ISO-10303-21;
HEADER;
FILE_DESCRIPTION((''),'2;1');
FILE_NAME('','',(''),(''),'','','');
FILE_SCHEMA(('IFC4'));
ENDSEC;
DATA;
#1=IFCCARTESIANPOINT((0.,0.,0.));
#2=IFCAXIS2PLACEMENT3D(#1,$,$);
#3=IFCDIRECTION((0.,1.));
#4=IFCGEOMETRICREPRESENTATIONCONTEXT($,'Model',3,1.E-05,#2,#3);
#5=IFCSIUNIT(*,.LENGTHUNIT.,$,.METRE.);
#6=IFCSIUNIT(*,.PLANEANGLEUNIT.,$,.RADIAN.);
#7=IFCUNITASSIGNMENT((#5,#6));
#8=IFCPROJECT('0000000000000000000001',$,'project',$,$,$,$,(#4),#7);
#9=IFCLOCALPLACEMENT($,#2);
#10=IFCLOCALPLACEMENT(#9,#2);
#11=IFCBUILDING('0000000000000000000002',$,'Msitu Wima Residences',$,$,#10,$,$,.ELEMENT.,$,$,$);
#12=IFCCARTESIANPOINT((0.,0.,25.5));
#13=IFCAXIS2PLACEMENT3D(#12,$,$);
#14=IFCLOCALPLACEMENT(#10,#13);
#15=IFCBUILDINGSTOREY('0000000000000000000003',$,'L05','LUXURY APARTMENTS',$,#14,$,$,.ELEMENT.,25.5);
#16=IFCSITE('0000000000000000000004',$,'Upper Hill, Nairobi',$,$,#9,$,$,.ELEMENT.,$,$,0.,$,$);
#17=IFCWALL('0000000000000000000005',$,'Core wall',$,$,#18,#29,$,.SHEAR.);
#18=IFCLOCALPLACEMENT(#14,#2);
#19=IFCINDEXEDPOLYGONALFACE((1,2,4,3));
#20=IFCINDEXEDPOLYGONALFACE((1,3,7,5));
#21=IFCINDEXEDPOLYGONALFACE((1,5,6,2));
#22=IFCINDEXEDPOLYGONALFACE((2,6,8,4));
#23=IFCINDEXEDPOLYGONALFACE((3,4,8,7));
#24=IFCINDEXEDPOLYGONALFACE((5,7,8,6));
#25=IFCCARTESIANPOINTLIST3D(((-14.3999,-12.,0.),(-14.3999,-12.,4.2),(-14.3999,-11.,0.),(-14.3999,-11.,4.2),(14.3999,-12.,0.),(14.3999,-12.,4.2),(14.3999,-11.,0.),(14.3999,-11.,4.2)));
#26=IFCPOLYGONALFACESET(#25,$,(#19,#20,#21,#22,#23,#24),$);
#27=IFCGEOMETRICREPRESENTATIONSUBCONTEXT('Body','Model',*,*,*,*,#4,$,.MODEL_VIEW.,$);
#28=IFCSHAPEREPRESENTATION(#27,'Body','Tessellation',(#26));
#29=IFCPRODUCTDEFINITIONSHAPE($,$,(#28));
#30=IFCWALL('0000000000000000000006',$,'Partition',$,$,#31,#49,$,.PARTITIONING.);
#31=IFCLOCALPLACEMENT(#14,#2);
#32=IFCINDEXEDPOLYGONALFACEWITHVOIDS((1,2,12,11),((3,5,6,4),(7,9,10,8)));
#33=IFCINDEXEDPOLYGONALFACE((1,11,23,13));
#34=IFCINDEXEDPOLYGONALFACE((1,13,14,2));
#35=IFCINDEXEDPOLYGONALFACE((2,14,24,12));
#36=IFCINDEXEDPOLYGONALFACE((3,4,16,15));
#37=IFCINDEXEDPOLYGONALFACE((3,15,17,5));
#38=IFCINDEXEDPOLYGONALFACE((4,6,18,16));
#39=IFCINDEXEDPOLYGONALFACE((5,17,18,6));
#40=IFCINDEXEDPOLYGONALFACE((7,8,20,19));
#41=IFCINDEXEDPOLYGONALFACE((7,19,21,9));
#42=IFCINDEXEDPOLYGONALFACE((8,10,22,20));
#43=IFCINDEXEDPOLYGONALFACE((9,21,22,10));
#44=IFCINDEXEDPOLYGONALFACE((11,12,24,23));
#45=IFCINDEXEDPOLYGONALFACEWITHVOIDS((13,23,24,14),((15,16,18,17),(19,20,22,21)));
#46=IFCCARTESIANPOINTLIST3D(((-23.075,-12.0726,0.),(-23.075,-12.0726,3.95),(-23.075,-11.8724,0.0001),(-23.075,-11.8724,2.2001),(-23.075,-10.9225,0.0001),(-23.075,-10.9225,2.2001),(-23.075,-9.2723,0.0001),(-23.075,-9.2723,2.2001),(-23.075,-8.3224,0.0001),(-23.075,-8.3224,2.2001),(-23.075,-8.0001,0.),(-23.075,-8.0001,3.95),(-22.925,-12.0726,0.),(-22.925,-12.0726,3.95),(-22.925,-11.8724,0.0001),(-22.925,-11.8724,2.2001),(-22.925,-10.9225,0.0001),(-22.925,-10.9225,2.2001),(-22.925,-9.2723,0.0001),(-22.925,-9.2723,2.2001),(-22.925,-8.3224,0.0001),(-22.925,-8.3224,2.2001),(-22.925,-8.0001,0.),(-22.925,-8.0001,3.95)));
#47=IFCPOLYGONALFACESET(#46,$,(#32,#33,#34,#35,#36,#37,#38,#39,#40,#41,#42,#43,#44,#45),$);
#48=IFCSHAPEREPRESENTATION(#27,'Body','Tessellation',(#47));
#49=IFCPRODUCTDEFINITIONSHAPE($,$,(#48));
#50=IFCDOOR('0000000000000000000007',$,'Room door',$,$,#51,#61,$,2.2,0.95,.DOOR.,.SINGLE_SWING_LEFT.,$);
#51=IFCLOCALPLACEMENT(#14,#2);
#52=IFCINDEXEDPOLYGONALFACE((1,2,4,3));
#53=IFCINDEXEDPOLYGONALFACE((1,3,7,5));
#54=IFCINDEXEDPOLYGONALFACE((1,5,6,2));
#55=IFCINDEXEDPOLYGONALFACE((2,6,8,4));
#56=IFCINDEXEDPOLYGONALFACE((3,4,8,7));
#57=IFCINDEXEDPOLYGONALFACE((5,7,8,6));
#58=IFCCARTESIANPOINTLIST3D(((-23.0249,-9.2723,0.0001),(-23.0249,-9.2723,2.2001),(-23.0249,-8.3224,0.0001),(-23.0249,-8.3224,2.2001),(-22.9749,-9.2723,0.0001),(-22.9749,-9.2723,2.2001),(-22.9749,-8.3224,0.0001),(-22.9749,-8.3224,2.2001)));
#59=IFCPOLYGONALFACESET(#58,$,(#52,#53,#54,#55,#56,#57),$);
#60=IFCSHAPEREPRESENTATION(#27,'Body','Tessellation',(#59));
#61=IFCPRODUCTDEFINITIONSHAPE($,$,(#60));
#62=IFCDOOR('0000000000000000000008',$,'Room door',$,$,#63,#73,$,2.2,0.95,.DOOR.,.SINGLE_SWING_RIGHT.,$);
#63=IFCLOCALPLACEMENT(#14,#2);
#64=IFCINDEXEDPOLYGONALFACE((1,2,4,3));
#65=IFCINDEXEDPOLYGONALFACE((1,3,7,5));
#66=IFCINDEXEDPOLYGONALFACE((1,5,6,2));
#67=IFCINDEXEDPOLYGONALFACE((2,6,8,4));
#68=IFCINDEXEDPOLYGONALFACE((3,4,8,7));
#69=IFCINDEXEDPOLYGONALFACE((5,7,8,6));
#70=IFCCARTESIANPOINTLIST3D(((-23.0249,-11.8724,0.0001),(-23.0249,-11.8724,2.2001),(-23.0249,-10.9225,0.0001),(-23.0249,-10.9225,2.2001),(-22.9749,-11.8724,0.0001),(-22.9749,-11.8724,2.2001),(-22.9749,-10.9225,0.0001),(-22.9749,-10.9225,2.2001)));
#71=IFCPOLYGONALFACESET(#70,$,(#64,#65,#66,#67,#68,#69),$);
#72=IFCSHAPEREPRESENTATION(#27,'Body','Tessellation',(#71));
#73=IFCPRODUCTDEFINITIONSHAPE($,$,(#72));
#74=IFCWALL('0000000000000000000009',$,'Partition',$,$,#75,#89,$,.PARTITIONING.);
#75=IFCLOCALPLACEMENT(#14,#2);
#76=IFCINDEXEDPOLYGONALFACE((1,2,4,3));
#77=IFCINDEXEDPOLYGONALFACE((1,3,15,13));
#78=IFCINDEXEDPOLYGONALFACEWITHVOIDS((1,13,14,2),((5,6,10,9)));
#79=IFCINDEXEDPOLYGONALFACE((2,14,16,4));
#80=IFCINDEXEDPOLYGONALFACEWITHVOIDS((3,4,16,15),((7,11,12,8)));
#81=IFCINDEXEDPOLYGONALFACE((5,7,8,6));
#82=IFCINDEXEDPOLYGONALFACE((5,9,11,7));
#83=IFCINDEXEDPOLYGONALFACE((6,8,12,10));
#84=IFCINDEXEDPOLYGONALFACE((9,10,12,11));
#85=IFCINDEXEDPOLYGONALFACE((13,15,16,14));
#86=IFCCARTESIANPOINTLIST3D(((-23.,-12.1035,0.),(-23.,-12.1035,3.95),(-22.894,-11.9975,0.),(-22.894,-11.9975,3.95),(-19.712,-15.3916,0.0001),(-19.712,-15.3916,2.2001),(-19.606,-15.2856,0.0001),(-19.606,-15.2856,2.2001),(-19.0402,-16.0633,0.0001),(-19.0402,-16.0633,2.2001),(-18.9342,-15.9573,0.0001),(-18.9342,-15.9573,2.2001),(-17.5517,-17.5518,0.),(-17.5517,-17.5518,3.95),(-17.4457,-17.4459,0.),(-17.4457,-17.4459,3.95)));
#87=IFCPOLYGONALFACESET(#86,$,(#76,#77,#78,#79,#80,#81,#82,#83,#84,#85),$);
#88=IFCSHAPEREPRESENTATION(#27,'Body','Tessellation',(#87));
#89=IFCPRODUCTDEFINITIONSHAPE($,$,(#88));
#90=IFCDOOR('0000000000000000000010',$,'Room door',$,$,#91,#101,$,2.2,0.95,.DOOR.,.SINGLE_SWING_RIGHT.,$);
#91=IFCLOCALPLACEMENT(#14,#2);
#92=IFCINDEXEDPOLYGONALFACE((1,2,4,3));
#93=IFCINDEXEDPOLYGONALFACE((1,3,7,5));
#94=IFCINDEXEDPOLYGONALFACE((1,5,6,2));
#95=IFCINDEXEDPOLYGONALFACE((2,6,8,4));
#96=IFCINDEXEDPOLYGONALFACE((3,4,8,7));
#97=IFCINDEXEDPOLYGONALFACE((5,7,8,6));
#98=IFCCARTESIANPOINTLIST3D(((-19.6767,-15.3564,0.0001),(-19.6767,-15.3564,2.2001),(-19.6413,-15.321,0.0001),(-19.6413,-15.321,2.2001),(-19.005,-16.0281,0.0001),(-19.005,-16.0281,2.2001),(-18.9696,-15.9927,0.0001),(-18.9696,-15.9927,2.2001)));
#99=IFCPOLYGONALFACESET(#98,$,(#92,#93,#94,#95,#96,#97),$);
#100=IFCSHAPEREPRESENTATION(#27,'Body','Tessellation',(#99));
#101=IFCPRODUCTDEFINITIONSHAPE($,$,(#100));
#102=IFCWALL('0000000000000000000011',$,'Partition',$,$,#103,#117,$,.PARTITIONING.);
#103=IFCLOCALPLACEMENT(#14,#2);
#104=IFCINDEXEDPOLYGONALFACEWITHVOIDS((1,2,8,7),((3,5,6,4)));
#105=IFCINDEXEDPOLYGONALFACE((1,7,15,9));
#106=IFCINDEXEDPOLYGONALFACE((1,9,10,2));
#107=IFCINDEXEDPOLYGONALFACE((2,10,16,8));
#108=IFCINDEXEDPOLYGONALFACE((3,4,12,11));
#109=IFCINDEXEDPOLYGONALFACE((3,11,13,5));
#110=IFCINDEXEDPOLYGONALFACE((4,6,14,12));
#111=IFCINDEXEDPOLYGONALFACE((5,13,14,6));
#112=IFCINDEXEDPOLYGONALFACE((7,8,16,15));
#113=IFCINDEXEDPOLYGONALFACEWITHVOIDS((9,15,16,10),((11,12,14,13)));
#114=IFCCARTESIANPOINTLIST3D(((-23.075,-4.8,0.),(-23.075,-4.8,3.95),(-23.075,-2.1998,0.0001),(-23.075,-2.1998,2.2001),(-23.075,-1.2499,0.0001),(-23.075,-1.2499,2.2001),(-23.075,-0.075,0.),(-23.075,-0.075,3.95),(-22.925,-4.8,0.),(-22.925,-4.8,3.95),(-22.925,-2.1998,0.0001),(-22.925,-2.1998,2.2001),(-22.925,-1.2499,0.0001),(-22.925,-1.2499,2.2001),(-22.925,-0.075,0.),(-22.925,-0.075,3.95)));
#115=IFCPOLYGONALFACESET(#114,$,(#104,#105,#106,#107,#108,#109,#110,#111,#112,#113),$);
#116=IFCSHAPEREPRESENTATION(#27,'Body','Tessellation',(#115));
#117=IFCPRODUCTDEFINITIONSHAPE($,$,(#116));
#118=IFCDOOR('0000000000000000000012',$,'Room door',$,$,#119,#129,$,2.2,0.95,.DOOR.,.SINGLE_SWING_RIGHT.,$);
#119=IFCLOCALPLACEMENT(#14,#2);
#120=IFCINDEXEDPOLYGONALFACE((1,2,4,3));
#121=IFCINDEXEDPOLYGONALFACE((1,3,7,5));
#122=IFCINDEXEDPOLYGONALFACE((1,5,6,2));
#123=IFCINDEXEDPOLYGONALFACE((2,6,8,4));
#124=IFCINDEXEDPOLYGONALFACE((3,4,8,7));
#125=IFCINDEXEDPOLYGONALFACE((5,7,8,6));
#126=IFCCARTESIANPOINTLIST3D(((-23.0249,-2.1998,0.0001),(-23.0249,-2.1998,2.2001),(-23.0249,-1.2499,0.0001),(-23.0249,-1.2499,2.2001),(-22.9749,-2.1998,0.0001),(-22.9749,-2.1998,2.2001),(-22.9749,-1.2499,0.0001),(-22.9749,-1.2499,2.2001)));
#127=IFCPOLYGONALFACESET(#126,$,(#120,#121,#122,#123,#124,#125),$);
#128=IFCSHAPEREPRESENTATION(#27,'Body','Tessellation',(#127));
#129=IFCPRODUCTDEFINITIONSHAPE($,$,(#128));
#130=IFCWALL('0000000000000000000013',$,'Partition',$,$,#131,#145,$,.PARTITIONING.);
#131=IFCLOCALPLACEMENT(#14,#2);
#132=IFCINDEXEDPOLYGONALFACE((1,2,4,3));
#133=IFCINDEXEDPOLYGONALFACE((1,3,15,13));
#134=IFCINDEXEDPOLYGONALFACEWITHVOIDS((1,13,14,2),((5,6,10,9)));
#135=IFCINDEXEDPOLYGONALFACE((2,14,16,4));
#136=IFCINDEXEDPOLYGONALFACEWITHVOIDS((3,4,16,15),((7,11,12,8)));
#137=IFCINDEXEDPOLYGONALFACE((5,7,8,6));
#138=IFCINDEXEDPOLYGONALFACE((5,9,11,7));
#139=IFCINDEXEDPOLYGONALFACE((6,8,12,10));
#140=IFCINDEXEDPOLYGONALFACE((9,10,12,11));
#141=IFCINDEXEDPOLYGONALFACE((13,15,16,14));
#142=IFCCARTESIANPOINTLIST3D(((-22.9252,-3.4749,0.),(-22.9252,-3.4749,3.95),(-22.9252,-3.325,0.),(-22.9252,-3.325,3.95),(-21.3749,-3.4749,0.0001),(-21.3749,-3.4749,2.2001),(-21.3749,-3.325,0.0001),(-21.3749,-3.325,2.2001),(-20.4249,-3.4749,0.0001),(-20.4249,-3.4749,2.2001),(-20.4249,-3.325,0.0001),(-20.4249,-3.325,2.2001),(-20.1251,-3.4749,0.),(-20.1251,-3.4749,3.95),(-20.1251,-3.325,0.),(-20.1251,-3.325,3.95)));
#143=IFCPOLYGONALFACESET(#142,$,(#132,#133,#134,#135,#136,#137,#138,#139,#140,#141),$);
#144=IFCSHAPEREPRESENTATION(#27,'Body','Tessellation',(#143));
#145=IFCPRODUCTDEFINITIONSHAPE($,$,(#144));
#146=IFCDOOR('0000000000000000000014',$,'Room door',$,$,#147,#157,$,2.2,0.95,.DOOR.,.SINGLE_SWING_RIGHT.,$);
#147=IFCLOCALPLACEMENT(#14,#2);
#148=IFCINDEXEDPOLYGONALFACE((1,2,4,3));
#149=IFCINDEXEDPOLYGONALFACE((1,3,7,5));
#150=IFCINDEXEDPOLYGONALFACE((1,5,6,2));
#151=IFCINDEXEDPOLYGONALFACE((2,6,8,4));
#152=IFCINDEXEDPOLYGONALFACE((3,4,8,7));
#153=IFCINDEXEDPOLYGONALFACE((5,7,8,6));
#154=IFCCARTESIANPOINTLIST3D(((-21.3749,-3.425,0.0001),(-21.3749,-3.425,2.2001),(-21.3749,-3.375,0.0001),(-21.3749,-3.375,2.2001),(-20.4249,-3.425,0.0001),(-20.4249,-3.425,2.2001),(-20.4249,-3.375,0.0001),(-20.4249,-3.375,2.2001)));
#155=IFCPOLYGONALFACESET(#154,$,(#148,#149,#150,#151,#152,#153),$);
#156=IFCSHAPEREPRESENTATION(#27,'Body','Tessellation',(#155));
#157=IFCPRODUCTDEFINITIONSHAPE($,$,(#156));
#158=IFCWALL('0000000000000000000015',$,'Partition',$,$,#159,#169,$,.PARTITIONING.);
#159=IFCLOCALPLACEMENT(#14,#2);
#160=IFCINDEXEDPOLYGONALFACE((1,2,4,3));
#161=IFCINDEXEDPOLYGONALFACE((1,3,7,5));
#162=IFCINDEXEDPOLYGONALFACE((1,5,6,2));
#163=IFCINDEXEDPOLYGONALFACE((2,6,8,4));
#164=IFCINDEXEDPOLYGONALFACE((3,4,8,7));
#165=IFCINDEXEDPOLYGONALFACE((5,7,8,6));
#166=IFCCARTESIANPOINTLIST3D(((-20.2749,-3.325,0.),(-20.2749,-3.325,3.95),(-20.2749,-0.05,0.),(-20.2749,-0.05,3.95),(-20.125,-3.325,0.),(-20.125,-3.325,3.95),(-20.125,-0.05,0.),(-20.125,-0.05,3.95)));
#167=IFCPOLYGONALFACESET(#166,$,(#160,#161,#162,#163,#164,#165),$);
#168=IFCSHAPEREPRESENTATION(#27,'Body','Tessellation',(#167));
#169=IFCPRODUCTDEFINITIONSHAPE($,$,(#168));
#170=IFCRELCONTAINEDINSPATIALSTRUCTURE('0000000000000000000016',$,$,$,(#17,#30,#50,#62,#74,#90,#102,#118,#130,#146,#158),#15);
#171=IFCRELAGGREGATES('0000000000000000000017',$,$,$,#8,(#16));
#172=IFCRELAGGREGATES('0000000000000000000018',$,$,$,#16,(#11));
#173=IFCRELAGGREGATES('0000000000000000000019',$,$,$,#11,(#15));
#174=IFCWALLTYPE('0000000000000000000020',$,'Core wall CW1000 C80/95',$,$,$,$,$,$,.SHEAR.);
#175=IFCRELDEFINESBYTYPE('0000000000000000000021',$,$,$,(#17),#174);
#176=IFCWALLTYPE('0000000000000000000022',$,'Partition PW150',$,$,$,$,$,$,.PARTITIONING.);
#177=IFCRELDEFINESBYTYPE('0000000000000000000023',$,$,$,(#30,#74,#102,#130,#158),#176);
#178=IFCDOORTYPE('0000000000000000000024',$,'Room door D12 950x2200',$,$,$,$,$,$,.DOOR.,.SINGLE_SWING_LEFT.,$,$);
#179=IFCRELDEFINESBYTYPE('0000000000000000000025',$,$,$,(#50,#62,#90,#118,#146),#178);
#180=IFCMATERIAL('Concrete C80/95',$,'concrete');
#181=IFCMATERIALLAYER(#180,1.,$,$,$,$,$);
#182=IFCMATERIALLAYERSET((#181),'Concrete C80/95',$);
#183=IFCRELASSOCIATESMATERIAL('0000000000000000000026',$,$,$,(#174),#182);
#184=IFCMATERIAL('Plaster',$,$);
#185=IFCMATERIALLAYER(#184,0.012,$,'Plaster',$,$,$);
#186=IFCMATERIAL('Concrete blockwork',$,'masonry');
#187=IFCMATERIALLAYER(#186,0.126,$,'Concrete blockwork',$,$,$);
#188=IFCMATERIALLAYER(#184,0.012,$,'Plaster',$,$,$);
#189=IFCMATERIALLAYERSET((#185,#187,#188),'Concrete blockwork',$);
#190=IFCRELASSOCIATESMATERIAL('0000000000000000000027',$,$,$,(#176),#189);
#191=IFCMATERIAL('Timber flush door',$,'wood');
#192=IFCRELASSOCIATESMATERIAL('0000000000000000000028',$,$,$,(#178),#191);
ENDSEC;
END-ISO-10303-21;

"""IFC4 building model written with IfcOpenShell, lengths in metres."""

from ifc_helpers import new_model, si_unit, direction, frame, frame_2d, origin, place, context, subcontext, project, spatial, rectangle, extrude, material, layer, layer_set, type_object, element, fill, save


model = new_model("IFC4")

# Units and contexts
model_context = context("Model", 3, precision=1e-05, world=origin(), true_north=direction((0.0, 1.0)))
body_context = subcontext(model_context, "Body", "Model", "MODEL_VIEW")
ifc_project = project(units=[si_unit("LENGTHUNIT", "METRE"), si_unit("PLANEANGLEUNIT", "RADIAN")], contexts=[model_context])

# Site, building, storey
site_placement = place(None, origin())
site = spatial("IfcSite", under=ifc_project, at=site_placement, Name="Upper Hill, Nairobi", CompositionType="ELEMENT", RefElevation=0.0)
building_placement = place(site_placement, origin())
building = spatial("IfcBuilding", under=site, at=building_placement, Name="Msitu Wima Residences", CompositionType="ELEMENT")
storey_placement = place(building_placement, frame((0.0, 0.0, 25.5)))
storey = spatial("IfcBuildingStorey", under=building, at=storey_placement, Name="L05", Description="LUXURY APARTMENTS", CompositionType="ELEMENT", Elevation=25.5)

# Wall
ifc_material_1 = material(Name="Concrete C80/95", Category="concrete")
ifc_layer_1 = layer(ifc_material_1, 1.0)
ifc_layer_set_1 = layer_set([ifc_layer_1], Name="Concrete C80/95")
wall_type_1 = type_object("IfcWallType", Name="Core wall CW1000 C80/95", PredefinedType="SHEAR", material=ifc_layer_set_1)
wall_1_placement = place(storey_placement, frame((-14.3999, -11.5, 0.0), z_axis=(0.0, 0.0, 1.0), x_axis=(1.0, 0.0, 0.0)))
element("IfcWall", 1, at=wall_1_placement, inside=storey, type_object=wall_type_1, Name="Core wall", PredefinedType="SHEAR", context=body_context, shape_type="SweptSolid", body=[
    extrude(rectangle(XDim=28.7998, YDim=1.0, at=frame_2d((14.3999, 0.0))), origin(), (0.0, 0.0, 1.0), 4.2),
])

# Wall, openings, doors
ifc_material_2 = material(Name="Plaster")
ifc_layer_2 = layer(ifc_material_2, 0.012, Name="Plaster")
ifc_material_3 = material(Name="Concrete blockwork", Category="masonry")
ifc_layer_3 = layer(ifc_material_3, 0.126, Name="Concrete blockwork")
ifc_layer_4 = layer(ifc_material_2, 0.012, Name="Plaster")
ifc_layer_set_2 = layer_set([ifc_layer_2, ifc_layer_3, ifc_layer_4], Name="Concrete blockwork")
wall_type_2 = type_object("IfcWallType", Name="Partition PW150", PredefinedType="PARTITIONING", material=ifc_layer_set_2)
wall_2_placement = place(storey_placement, frame((-23.0, -12.0725, 0.0), z_axis=(0.0, 0.0, 1.0), x_axis=(0.0, 1.0, 0.0)))
wall_2 = element("IfcWall", 2, at=wall_2_placement, inside=storey, type_object=wall_type_2, Name="Partition", PredefinedType="PARTITIONING", context=body_context, shape_type="SweptSolid", body=[
    extrude(rectangle(XDim=4.0725, YDim=0.1499, at=frame_2d((2.0361, 0.0))), origin(), (0.0, 0.0, 1.0), 3.95),
])
opening_1_placement = place(wall_2_placement, frame((2.8, 0.0, 0.0)))
opening_1 = element("IfcOpeningElement", 3, at=opening_1_placement, cuts=wall_2, PredefinedType="OPENING", context=body_context, shape_type="SweptSolid", body=[
    extrude(rectangle(XDim=0.95, YDim=2.2, at=frame_2d((0.4751, 1.1001))), frame((0.0, 0.085, 0.0), z_axis=(0.0, -1.0, 0.0), x_axis=(1.0, 0.0, 0.0)), (0.0, 0.0, 1.0), 0.1699),
])
opening_2_placement = place(wall_2_placement, frame((0.2, 0.0, 0.0)))
opening_2 = element("IfcOpeningElement", 4, at=opening_2_placement, cuts=wall_2, PredefinedType="OPENING", context=body_context, shape_type="SweptSolid", body=[
    extrude(rectangle(XDim=0.95, YDim=2.2, at=frame_2d((0.4751, 1.1001))), frame((0.0, 0.085, 0.0), z_axis=(0.0, -1.0, 0.0), x_axis=(1.0, 0.0, 0.0)), (0.0, 0.0, 1.0), 0.1699),
])
ifc_material_4 = material(Name="Timber flush door", Category="wood")
door_type_1 = type_object("IfcDoorType", Name="Room door D12 950x2200", OperationType="SINGLE_SWING_LEFT", PredefinedType="DOOR", material=ifc_material_4)
door_1_placement = place(opening_1_placement, origin())
door_1 = element("IfcDoor", 5, at=door_1_placement, inside=storey, type_object=door_type_1, Name="Room door", OperationType="SINGLE_SWING_LEFT", OverallHeight=2.2, OverallWidth=0.95, PredefinedType="DOOR", context=body_context, shape_type="SweptSolid", body=[
    extrude(rectangle(XDim=0.95, YDim=2.2, at=frame_2d((0.4751, 1.1001))), frame((0.0, 0.0249, 0.0), z_axis=(0.0, -1.0, 0.0), x_axis=(1.0, 0.0, 0.0)), (0.0, 0.0, 1.0), 0.05),
])
fill(opening_1, door_1)
door_2_placement = place(opening_2_placement, origin())
door_2 = element("IfcDoor", 6, at=door_2_placement, inside=storey, type_object=door_type_1, Name="Room door", OperationType="SINGLE_SWING_RIGHT", OverallHeight=2.2, OverallWidth=0.95, PredefinedType="DOOR", context=body_context, shape_type="SweptSolid", body=[
    extrude(rectangle(XDim=0.95, YDim=2.2, at=frame_2d((0.4751, 1.1001))), frame((0.0, 0.0249, 0.0), z_axis=(0.0, -1.0, 0.0), x_axis=(1.0, 0.0, 0.0)), (0.0, 0.0, 1.0), 0.05),
])
fill(opening_2, door_2)

# Walls, openings, doors
wall_3_placement = place(storey_placement, frame((-22.947, -12.0505, 0.0), z_axis=(0.0, 0.0, 1.0), x_axis=(0.707107, -0.707107, 0.0)))
wall_3 = element("IfcWall", 7, at=wall_3_placement, inside=storey, type_object=wall_type_2, Name="Partition", PredefinedType="PARTITIONING", context=body_context, shape_type="SweptSolid", body=[
    extrude(rectangle(XDim=7.7051, YDim=0.1499, at=frame_2d((3.8525, 0.0))), origin(), (0.0, 0.0, 1.0), 3.95),
])
opening_3_placement = place(wall_3_placement, frame((4.6499, 0.0, 0.0)))
opening_3 = element("IfcOpeningElement", 8, at=opening_3_placement, cuts=wall_3, PredefinedType="OPENING", context=body_context, shape_type="SweptSolid", body=[
    extrude(rectangle(XDim=0.95, YDim=2.2, at=frame_2d((0.4751, 1.1001))), frame((0.0, 0.085, 0.0), z_axis=(0.0, -1.0, 0.0), x_axis=(1.0, 0.0, 0.0)), (0.0, 0.0, 1.0), 0.1699),
])
door_3_placement = place(opening_3_placement, origin())
door_3 = element("IfcDoor", 9, at=door_3_placement, inside=storey, type_object=door_type_1, Name="Room door", OperationType="SINGLE_SWING_RIGHT", OverallHeight=2.2, OverallWidth=0.95, PredefinedType="DOOR", context=body_context, shape_type="SweptSolid", body=[
    extrude(rectangle(XDim=0.95, YDim=2.2, at=frame_2d((0.4751, 1.1001))), frame((0.0, 0.0249, 0.0), z_axis=(0.0, -1.0, 0.0), x_axis=(1.0, 0.0, 0.0)), (0.0, 0.0, 1.0), 0.05),
])
fill(opening_3, door_3)
wall_4_placement = place(storey_placement, frame((-23.0, -4.8, 0.0), z_axis=(0.0, 0.0, 1.0), x_axis=(0.0, 1.0, 0.0)))
wall_4 = element("IfcWall", 10, at=wall_4_placement, inside=storey, type_object=wall_type_2, Name="Partition", PredefinedType="PARTITIONING", context=body_context, shape_type="SweptSolid", body=[
    extrude(rectangle(XDim=4.7251, YDim=0.1499, at=frame_2d((2.3625, 0.0))), origin(), (0.0, 0.0, 1.0), 3.95),
])
opening_4_placement = place(wall_4_placement, frame((2.6001, 0.0, 0.0)))
opening_4 = element("IfcOpeningElement", 11, at=opening_4_placement, cuts=wall_4, PredefinedType="OPENING", context=body_context, shape_type="SweptSolid", body=[
    extrude(rectangle(XDim=0.95, YDim=2.2, at=frame_2d((0.4751, 1.1001))), frame((0.0, 0.085, 0.0), z_axis=(0.0, -1.0, 0.0), x_axis=(1.0, 0.0, 0.0)), (0.0, 0.0, 1.0), 0.1699),
])
door_4_placement = place(opening_4_placement, origin())
door_4 = element("IfcDoor", 12, at=door_4_placement, inside=storey, type_object=door_type_1, Name="Room door", OperationType="SINGLE_SWING_RIGHT", OverallHeight=2.2, OverallWidth=0.95, PredefinedType="DOOR", context=body_context, shape_type="SweptSolid", body=[
    extrude(rectangle(XDim=0.95, YDim=2.2, at=frame_2d((0.4751, 1.1001))), frame((0.0, 0.0249, 0.0), z_axis=(0.0, -1.0, 0.0), x_axis=(1.0, 0.0, 0.0)), (0.0, 0.0, 1.0), 0.05),
])
fill(opening_4, door_4)
wall_5_placement = place(storey_placement, frame((-22.925, -3.3999, 0.0), z_axis=(0.0, 0.0, 1.0), x_axis=(1.0, 0.0, 0.0)))
wall_5 = element("IfcWall", 13, at=wall_5_placement, inside=storey, type_object=wall_type_2, Name="Partition", PredefinedType="PARTITIONING", context=body_context, shape_type="SweptSolid", body=[
    extrude(rectangle(XDim=2.8, YDim=0.1499, at=frame_2d((1.3999, 0.0))), origin(), (0.0, 0.0, 1.0), 3.95),
])
opening_5_placement = place(wall_5_placement, frame((1.55, 0.0, 0.0)))
opening_5 = element("IfcOpeningElement", 14, at=opening_5_placement, cuts=wall_5, PredefinedType="OPENING", context=body_context, shape_type="SweptSolid", body=[
    extrude(rectangle(XDim=0.95, YDim=2.2, at=frame_2d((0.4751, 1.1001))), frame((0.0, 0.085, 0.0), z_axis=(0.0, -1.0, 0.0), x_axis=(1.0, 0.0, 0.0)), (0.0, 0.0, 1.0), 0.1699),
])
door_5_placement = place(opening_5_placement, origin())
door_5 = element("IfcDoor", 15, at=door_5_placement, inside=storey, type_object=door_type_1, Name="Room door", OperationType="SINGLE_SWING_RIGHT", OverallHeight=2.2, OverallWidth=0.95, PredefinedType="DOOR", context=body_context, shape_type="SweptSolid", body=[
    extrude(rectangle(XDim=0.95, YDim=2.2, at=frame_2d((0.4751, 1.1001))), frame((0.0, 0.0249, 0.0), z_axis=(0.0, -1.0, 0.0), x_axis=(1.0, 0.0, 0.0)), (0.0, 0.0, 1.0), 0.05),
])
fill(opening_5, door_5)

# Wall
wall_6_placement = place(storey_placement, frame((-20.2, -3.325, 0.0), z_axis=(0.0, 0.0, 1.0), x_axis=(0.0, 1.0, 0.0)))
element("IfcWall", 16, at=wall_6_placement, inside=storey, type_object=wall_type_2, Name="Partition", PredefinedType="PARTITIONING", context=body_context, shape_type="SweptSolid", body=[
    extrude(rectangle(XDim=3.2749, YDim=0.1499, at=frame_2d((1.6375, 0.0))), origin(), (0.0, 0.0, 1.0), 3.95),
])

save(model, "model.ifc")
